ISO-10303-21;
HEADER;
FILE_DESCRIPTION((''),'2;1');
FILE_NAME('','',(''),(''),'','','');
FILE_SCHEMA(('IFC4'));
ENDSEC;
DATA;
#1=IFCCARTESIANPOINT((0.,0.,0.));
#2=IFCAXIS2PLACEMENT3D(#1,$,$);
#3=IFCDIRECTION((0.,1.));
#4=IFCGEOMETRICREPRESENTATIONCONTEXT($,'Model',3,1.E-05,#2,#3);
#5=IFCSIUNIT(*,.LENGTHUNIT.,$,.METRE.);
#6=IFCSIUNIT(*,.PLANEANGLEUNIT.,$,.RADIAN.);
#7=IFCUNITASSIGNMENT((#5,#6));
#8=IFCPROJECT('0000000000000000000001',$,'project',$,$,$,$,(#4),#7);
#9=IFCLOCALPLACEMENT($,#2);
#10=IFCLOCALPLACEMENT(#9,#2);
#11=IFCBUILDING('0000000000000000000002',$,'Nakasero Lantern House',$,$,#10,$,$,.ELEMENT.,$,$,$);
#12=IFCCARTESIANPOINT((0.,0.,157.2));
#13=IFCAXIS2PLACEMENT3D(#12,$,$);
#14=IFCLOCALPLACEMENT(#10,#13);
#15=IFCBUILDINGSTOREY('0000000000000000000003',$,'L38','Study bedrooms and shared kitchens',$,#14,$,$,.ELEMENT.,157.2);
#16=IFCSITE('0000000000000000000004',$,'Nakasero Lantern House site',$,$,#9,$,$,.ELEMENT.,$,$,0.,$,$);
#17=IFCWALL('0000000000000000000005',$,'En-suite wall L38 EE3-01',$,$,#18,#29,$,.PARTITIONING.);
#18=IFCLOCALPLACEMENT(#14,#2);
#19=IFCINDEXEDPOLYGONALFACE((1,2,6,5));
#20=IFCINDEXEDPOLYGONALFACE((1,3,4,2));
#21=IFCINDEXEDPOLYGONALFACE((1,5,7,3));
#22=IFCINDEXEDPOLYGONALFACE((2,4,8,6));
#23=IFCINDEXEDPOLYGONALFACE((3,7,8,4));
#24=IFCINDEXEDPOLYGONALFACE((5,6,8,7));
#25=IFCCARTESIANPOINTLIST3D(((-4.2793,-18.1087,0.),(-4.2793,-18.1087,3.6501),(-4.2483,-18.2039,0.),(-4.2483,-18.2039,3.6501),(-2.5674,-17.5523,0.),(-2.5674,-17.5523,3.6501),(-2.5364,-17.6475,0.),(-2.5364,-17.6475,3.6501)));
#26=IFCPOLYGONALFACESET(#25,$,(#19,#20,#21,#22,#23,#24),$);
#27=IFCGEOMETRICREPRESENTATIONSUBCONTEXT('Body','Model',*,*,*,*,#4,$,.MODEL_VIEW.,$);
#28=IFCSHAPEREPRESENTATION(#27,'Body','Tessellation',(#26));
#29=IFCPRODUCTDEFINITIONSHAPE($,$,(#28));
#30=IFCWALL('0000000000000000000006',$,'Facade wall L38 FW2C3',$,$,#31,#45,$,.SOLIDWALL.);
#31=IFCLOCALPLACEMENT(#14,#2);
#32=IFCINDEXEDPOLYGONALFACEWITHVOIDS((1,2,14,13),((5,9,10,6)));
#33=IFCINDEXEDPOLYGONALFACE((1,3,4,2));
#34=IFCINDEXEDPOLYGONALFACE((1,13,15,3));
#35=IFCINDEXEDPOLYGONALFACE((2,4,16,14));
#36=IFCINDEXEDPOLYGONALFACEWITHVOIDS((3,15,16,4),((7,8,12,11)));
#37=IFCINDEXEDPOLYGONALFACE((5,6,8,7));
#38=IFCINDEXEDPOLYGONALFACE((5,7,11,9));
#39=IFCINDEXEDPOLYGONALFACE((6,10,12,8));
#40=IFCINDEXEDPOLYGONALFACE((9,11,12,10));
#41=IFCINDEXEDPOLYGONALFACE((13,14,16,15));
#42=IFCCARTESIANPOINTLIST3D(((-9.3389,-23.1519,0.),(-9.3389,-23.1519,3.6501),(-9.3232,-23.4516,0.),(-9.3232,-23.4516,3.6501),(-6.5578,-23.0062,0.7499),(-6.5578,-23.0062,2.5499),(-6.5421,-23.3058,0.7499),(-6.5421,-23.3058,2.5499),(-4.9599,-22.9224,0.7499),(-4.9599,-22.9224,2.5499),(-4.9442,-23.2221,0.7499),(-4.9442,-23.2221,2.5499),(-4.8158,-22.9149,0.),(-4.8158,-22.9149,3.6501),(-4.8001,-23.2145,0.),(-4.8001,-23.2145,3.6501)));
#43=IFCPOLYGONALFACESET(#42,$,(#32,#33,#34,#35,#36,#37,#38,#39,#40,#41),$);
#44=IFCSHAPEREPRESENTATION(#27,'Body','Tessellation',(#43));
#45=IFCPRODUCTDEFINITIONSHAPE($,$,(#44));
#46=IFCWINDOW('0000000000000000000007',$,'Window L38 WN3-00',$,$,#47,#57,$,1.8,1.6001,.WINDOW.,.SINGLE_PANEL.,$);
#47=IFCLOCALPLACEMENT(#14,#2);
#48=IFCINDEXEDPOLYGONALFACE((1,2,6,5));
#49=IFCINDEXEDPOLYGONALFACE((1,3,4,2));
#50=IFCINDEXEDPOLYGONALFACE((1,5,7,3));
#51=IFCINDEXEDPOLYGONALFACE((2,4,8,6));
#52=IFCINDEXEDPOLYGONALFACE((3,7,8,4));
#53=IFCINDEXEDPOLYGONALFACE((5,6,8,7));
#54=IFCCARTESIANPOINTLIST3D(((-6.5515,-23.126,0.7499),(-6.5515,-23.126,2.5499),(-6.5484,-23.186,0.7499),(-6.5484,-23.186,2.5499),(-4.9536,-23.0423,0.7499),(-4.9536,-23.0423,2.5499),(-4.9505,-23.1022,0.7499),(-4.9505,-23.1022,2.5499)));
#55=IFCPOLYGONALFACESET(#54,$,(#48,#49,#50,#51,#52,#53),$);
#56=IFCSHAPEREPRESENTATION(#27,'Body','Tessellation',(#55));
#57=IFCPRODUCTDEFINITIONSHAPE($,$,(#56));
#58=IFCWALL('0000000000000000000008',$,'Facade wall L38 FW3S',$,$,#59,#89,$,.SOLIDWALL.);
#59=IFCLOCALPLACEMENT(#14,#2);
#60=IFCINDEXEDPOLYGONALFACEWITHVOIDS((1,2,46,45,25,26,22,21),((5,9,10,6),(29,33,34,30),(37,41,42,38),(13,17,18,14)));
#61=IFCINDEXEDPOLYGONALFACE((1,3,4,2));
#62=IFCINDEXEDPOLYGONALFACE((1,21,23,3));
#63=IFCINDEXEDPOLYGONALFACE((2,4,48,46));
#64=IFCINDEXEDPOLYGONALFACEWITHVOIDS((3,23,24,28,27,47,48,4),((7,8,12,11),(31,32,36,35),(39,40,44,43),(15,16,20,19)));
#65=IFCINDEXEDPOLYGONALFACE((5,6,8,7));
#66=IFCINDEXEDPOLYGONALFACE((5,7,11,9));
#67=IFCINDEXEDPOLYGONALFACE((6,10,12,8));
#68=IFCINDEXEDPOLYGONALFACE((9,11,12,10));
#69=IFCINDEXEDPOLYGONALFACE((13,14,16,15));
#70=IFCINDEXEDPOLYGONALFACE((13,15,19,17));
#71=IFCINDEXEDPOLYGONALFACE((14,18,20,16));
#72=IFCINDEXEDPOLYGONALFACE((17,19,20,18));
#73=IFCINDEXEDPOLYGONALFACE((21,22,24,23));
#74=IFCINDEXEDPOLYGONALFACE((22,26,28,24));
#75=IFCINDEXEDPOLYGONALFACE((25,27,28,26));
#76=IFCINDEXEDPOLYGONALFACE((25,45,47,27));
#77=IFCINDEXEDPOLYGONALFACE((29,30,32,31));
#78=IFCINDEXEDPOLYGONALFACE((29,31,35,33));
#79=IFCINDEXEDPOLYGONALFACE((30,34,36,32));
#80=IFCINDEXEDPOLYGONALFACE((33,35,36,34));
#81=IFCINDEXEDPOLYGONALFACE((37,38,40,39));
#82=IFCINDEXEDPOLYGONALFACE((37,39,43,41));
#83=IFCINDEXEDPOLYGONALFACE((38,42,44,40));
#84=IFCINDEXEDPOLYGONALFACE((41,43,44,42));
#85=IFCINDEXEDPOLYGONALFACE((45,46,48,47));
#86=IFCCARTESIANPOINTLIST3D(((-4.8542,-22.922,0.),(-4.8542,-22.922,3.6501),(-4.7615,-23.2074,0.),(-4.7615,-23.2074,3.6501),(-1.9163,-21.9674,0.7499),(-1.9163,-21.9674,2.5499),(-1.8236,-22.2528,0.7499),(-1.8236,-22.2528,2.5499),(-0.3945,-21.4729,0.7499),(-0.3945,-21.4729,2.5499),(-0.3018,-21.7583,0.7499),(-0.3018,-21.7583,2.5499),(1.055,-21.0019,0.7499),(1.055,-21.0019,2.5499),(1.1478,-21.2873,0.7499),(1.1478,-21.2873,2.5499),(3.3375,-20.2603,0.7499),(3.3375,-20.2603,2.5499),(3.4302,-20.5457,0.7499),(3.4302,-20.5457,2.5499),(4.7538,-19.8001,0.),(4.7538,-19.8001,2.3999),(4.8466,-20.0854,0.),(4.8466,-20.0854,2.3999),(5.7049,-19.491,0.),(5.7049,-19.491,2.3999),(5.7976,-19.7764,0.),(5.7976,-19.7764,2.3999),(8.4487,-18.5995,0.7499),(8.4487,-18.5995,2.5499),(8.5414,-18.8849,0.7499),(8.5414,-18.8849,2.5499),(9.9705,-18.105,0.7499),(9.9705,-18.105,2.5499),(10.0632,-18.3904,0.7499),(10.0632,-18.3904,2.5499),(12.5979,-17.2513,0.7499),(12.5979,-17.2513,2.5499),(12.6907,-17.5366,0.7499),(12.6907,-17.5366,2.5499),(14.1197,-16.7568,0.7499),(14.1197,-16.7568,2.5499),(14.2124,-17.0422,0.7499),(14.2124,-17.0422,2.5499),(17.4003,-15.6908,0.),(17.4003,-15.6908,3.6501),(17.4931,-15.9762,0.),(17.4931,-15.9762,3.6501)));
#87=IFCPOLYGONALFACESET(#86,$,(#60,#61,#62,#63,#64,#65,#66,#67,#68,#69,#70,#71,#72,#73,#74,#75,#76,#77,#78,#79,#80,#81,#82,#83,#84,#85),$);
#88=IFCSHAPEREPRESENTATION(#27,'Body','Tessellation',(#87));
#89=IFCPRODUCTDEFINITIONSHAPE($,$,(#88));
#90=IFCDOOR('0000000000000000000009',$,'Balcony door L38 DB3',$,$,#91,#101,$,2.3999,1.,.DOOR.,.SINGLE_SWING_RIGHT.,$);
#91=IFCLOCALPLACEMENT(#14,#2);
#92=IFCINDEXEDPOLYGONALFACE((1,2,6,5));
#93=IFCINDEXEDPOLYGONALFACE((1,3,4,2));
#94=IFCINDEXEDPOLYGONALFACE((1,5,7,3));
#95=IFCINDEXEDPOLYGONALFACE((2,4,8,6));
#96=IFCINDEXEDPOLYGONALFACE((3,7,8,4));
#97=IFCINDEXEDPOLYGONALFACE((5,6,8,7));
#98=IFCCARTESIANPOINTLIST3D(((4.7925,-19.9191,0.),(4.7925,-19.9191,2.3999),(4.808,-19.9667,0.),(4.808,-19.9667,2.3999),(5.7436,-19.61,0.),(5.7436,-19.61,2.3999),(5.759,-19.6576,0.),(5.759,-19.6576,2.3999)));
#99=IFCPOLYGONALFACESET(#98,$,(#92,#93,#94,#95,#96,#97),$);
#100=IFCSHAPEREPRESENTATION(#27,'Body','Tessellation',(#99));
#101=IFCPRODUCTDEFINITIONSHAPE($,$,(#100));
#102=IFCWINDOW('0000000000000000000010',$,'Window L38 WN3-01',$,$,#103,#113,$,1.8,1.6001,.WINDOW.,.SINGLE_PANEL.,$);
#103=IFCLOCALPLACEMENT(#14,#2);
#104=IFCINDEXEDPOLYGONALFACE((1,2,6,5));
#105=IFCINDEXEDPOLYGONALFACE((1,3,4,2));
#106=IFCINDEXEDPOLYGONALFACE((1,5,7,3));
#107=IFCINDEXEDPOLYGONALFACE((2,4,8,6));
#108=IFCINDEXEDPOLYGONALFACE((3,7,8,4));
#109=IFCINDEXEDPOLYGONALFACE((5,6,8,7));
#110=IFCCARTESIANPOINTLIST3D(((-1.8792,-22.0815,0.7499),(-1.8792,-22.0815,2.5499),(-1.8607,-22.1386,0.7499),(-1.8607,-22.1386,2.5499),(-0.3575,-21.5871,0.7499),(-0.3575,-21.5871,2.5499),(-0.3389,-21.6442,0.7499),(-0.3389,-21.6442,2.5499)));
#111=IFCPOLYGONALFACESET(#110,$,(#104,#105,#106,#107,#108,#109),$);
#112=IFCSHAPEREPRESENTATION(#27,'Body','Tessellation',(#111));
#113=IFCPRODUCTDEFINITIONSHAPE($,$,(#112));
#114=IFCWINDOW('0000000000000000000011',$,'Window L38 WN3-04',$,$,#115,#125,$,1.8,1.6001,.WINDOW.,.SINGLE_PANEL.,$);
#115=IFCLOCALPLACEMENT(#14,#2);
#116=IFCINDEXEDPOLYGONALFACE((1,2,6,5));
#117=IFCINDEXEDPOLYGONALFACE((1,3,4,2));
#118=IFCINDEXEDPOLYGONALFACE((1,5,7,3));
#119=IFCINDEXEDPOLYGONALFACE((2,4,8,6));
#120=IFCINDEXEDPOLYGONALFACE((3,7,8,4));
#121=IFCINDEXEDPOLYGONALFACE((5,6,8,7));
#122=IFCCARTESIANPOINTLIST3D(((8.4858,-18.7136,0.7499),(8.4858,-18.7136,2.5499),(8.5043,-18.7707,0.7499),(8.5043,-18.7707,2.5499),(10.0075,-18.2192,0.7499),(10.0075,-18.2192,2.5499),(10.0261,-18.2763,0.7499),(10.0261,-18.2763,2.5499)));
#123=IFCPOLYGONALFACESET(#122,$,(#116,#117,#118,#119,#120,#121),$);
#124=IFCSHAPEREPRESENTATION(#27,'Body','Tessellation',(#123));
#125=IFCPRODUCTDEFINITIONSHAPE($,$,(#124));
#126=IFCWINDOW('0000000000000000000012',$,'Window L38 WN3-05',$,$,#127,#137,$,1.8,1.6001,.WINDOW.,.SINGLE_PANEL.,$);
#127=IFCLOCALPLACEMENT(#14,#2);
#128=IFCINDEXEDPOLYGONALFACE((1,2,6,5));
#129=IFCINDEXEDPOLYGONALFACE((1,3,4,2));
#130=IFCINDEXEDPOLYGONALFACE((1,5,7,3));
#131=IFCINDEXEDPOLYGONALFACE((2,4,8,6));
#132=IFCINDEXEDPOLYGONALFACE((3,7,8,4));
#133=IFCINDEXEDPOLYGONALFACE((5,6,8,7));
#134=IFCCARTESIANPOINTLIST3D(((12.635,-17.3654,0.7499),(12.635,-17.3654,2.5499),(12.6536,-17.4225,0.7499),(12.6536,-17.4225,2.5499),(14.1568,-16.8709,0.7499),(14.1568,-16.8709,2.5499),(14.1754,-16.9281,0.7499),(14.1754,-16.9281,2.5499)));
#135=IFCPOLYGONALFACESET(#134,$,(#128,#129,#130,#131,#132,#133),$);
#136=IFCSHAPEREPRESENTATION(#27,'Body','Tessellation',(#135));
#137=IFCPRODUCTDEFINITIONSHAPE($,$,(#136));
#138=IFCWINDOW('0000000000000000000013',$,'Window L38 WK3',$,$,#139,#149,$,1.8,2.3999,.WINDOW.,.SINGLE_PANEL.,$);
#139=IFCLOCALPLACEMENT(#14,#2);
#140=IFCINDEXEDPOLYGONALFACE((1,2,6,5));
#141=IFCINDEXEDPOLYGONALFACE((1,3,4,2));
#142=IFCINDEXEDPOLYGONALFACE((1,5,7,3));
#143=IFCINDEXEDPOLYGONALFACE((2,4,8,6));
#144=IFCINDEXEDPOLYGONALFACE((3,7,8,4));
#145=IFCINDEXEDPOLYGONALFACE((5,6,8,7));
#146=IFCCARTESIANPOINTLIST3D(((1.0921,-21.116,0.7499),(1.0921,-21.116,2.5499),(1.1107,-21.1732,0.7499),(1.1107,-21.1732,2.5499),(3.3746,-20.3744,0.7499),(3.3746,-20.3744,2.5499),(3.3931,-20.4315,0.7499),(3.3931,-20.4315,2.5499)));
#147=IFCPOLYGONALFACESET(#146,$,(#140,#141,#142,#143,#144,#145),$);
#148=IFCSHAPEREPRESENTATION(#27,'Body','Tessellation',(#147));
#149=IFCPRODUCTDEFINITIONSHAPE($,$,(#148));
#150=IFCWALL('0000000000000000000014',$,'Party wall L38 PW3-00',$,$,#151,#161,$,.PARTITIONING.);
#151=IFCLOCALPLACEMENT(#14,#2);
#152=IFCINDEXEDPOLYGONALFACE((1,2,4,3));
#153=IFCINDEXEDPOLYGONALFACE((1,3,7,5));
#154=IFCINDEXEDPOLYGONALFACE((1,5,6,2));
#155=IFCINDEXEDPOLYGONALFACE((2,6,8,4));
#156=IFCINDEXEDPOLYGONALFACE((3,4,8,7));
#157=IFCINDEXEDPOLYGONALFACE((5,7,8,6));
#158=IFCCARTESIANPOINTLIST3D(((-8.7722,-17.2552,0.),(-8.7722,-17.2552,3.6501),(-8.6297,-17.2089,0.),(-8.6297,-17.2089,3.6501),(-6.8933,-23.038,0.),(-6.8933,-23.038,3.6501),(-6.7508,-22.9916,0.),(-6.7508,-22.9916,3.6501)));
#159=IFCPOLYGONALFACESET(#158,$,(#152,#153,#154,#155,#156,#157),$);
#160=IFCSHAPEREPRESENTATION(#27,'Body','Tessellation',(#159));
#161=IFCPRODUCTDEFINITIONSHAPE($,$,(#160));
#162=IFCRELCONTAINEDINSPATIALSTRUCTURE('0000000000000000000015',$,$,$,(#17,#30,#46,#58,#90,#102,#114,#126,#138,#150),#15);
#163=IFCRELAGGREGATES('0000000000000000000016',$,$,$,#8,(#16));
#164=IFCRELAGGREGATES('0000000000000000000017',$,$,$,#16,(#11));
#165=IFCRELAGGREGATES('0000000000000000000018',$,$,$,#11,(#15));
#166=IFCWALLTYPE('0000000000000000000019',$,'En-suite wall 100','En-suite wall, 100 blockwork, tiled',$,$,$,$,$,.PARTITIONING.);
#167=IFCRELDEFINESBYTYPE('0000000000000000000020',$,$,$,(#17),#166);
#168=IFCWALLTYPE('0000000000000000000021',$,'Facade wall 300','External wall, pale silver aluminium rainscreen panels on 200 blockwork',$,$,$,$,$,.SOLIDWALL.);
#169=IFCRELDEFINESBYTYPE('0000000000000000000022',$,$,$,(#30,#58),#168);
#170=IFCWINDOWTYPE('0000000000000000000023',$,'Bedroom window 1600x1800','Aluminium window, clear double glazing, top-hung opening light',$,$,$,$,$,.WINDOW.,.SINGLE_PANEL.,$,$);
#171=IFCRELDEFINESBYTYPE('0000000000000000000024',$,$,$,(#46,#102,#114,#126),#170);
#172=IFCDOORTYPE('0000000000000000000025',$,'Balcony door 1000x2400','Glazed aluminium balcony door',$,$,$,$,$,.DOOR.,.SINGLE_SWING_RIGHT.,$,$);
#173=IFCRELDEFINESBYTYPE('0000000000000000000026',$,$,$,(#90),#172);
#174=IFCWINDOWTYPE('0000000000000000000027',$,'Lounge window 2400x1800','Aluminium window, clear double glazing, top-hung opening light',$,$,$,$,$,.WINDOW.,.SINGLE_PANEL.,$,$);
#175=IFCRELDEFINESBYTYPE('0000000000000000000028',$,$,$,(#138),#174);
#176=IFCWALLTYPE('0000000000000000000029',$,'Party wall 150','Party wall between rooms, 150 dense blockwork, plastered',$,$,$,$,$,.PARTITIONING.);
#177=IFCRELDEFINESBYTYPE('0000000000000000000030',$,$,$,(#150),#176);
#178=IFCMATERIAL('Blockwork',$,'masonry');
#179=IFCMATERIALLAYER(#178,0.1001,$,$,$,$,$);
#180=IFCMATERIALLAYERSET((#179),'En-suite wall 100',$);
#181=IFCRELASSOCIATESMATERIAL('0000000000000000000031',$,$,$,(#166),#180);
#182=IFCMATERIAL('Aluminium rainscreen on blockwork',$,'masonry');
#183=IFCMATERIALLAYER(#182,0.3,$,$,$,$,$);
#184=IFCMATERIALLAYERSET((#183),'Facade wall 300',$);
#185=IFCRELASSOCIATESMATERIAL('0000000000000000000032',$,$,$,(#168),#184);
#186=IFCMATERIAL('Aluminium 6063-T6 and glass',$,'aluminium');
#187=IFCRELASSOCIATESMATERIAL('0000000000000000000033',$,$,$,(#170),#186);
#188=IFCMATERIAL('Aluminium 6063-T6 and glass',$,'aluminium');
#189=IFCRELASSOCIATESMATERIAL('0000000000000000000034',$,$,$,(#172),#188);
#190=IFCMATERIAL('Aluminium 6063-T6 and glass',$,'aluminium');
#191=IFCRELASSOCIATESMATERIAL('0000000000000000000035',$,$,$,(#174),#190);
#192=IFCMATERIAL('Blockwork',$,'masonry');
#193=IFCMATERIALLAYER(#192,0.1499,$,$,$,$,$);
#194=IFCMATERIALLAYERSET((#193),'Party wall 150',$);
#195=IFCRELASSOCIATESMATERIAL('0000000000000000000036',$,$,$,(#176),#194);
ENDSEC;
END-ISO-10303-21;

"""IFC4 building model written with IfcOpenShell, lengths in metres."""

from ifc_helpers import new_model, si_unit, direction, frame, frame_2d, origin, place, context, subcontext, project, spatial, rectangle, extrude, material, layer, layer_set, type_object, element, fill, save


model = new_model("IFC4")

# Units and contexts
model_context = context("Model", 3, precision=1e-05, world=origin(), true_north=direction((0.0, 1.0)))
body_context = subcontext(model_context, "Body", "Model", "MODEL_VIEW")
ifc_project = project(units=[si_unit("LENGTHUNIT", "METRE"), si_unit("PLANEANGLEUNIT", "RADIAN")], contexts=[model_context])

# Site, building, storey
site_placement = place(None, origin())
site = spatial("IfcSite", under=ifc_project, at=site_placement, Name="Nakasero Lantern House site", CompositionType="ELEMENT", RefElevation=0.0)
building_placement = place(site_placement, origin())
building = spatial("IfcBuilding", under=site, at=building_placement, Name="Nakasero Lantern House", CompositionType="ELEMENT")
storey_placement = place(building_placement, frame((0.0, 0.0, 157.2)))
storey = spatial("IfcBuildingStorey", under=building, at=storey_placement, Name="L38", Description="Study bedrooms and shared kitchens", CompositionType="ELEMENT", Elevation=157.2)

# Wall
ifc_material_1 = material(Name="Blockwork", Category="masonry")
ifc_layer_1 = layer(ifc_material_1, 0.1001)
ifc_layer_set_1 = layer_set([ifc_layer_1], Name="En-suite wall 100")
wall_type_1 = type_object("IfcWallType", Name="En-suite wall 100", Description="En-suite wall, 100 blockwork, tiled", PredefinedType="PARTITIONING", material=ifc_layer_set_1)
wall_1_placement = place(storey_placement, frame((-4.2637, -18.1562, 0.0), z_axis=(0.0, 0.0, 1.0), x_axis=(0.95103, 0.309098, 0.0)))
element("IfcWall", 1, at=wall_1_placement, inside=storey, type_object=wall_type_1, Name="En-suite wall L38 EE3-01", PredefinedType="PARTITIONING", context=body_context, shape_type="SweptSolid", body=[
    extrude(rectangle(XDim=1.8, YDim=0.1001, at=frame_2d((0.8999, 0.0))), origin(), (0.0, 0.0, 1.0), 3.6501),
])

# Wall, opening, window
ifc_material_2 = material(Name="Aluminium rainscreen on blockwork", Category="masonry")
ifc_layer_2 = layer(ifc_material_2, 0.3)
ifc_layer_set_2 = layer_set([ifc_layer_2], Name="Facade wall 300")
wall_type_2 = type_object("IfcWallType", Name="Facade wall 300", Description="External wall, pale silver aluminium rainscreen panels on 200 blockwork", PredefinedType="SOLIDWALL", material=ifc_layer_set_2)
wall_2_placement = place(storey_placement, frame((-9.3311, -23.3018, 0.0), z_axis=(0.0, 0.0, 1.0), x_axis=(0.998629, 0.052338, 0.0)))
wall_2 = element("IfcWall", 2, at=wall_2_placement, inside=storey, type_object=wall_type_2, Name="Facade wall L38 FW2C3", PredefinedType="SOLIDWALL", context=body_context, shape_type="SweptSolid", body=[
    extrude(rectangle(XDim=4.5293, YDim=0.3, at=frame_2d((2.2646, 0.0))), origin(), (0.0, 0.0, 1.0), 3.6501),
])
opening_1_placement = place(wall_2_placement, frame((2.7849, 0.0, 0.75)))
opening_1 = element("IfcOpeningElement", 3, at=opening_1_placement, cuts=wall_2, PredefinedType="OPENING", context=body_context, shape_type="SweptSolid", body=[
    extrude(rectangle(XDim=1.6001, YDim=1.8, at=frame_2d((0.8, 0.8999))), frame((0.0, 0.1699, 0.0), z_axis=(0.0, -1.0, 0.0), x_axis=(1.0, 0.0, 0.0)), (0.0, 0.0, 1.0), 0.3401),
])
ifc_material_3 = material(Name="Aluminium 6063-T6 and glass", Category="aluminium")
window_type_1 = type_object("IfcWindowType", Name="Bedroom window 1600x1800", Description="Aluminium window, clear double glazing, top-hung opening light", PartitioningType="SINGLE_PANEL", PredefinedType="WINDOW", material=ifc_material_3)
window_1_placement = place(opening_1_placement, origin())
window_1 = element("IfcWindow", 4, at=window_1_placement, inside=storey, type_object=window_type_1, Name="Window L38 WN3-00", OverallHeight=1.8, OverallWidth=1.6001, PartitioningType="SINGLE_PANEL", PredefinedType="WINDOW", context=body_context, shape_type="SweptSolid", body=[
    extrude(rectangle(XDim=1.6001, YDim=1.8, at=frame_2d((0.8, 0.8999))), frame((0.0, 0.03, 0.0), z_axis=(0.0, -1.0, 0.0), x_axis=(1.0, 0.0, 0.0)), (0.0, 0.0, 1.0), 0.0601),
])
fill(opening_1, window_1)

# Wall, openings, door, windows
wall_3_placement = place(storey_placement, frame((-4.8079, -23.0647, 0.0), z_axis=(0.0, 0.0, 1.0), x_axis=(0.951054, 0.309026, 0.0)))
wall_3 = element("IfcWall", 5, at=wall_3_placement, inside=storey, type_object=wall_type_2, Name="Facade wall L38 FW3S", PredefinedType="SOLIDWALL", context=body_context, shape_type="SweptSolid", body=[
    extrude(rectangle(XDim=23.3999, YDim=0.3, at=frame_2d((11.7, 0.0))), origin(), (0.0, 0.0, 1.0), 3.6501),
])
opening_2_placement = place(wall_3_placement, frame((3.0891, 0.0, 0.75)))
opening_2 = element("IfcOpeningElement", 6, at=opening_2_placement, cuts=wall_3, PredefinedType="OPENING", context=body_context, shape_type="SweptSolid", body=[
    extrude(rectangle(XDim=1.6001, YDim=1.8, at=frame_2d((0.8, 0.8999))), frame((0.0, 0.1699, 0.0), z_axis=(0.0, -1.0, 0.0), x_axis=(1.0, 0.0, 0.0)), (0.0, 0.0, 1.0), 0.3401),
])
opening_3_placement = place(wall_3_placement, frame((13.9875, 0.0, 0.75)))
opening_3 = element("IfcOpeningElement", 7, at=opening_3_placement, cuts=wall_3, PredefinedType="OPENING", context=body_context, shape_type="SweptSolid", body=[
    extrude(rectangle(XDim=1.6001, YDim=1.8, at=frame_2d((0.8, 0.8999))), frame((0.0, 0.1699, 0.0), z_axis=(0.0, -1.0, 0.0), x_axis=(1.0, 0.0, 0.0)), (0.0, 0.0, 1.0), 0.3401),
])
opening_4_placement = place(wall_3_placement, frame((18.3503, 0.0, 0.75)))
opening_4 = element("IfcOpeningElement", 8, at=opening_4_placement, cuts=wall_3, PredefinedType="OPENING", context=body_context, shape_type="SweptSolid", body=[
    extrude(rectangle(XDim=1.6001, YDim=1.8, at=frame_2d((0.8, 0.8999))), frame((0.0, 0.1699, 0.0), z_axis=(0.0, -1.0, 0.0), x_axis=(1.0, 0.0, 0.0)), (0.0, 0.0, 1.0), 0.3401),
])
opening_5_placement = place(wall_3_placement, frame((6.2134, 0.0, 0.75)))
opening_5 = element("IfcOpeningElement", 9, at=opening_5_placement, cuts=wall_3, PredefinedType="OPENING", context=body_context, shape_type="SweptSolid", body=[
    extrude(rectangle(XDim=2.3999, YDim=1.8, at=frame_2d((1.2, 0.8999))), frame((0.0, 0.1699, 0.0), z_axis=(0.0, -1.0, 0.0), x_axis=(1.0, 0.0, 0.0)), (0.0, 0.0, 1.0), 0.3401),
])
opening_6_placement = place(wall_3_placement, frame((10.1025, 0.0, 0.0)))
opening_6 = element("IfcOpeningElement", 10, at=opening_6_placement, cuts=wall_3, PredefinedType="OPENING", context=body_context, shape_type="SweptSolid", body=[
    extrude(rectangle(XDim=1.0, YDim=2.3999, at=frame_2d((0.5, 1.2))), frame((0.0, 0.1699, 0.0), z_axis=(0.0, -1.0, 0.0), x_axis=(1.0, 0.0, 0.0)), (0.0, 0.0, 1.0), 0.3401),
])
ifc_material_4 = material(Name="Aluminium 6063-T6 and glass", Category="aluminium")
door_type_1 = type_object("IfcDoorType", Name="Balcony door 1000x2400", Description="Glazed aluminium balcony door", OperationType="SINGLE_SWING_RIGHT", PredefinedType="DOOR", material=ifc_material_4)
door_1_placement = place(opening_6_placement, origin())
door_1 = element("IfcDoor", 11, at=door_1_placement, inside=storey, type_object=door_type_1, Name="Balcony door L38 DB3", OperationType="SINGLE_SWING_RIGHT", OverallHeight=2.3999, OverallWidth=1.0, PredefinedType="DOOR", context=body_context, shape_type="SweptSolid", body=[
    extrude(rectangle(XDim=1.0, YDim=2.3999, at=frame_2d((0.5, 1.2))), frame((0.0, 0.0249, 0.0), z_axis=(0.0, -1.0, 0.0), x_axis=(1.0, 0.0, 0.0)), (0.0, 0.0, 1.0), 0.05),
])
fill(opening_6, door_1)
window_2_placement = place(opening_2_placement, origin())
window_2 = element("IfcWindow", 12, at=window_2_placement, inside=storey, type_object=window_type_1, Name="Window L38 WN3-01", OverallHeight=1.8, OverallWidth=1.6001, PartitioningType="SINGLE_PANEL", PredefinedType="WINDOW", context=body_context, shape_type="SweptSolid", body=[
    extrude(rectangle(XDim=1.6001, YDim=1.8, at=frame_2d((0.8, 0.8999))), frame((0.0, 0.03, 0.0), z_axis=(0.0, -1.0, 0.0), x_axis=(1.0, 0.0, 0.0)), (0.0, 0.0, 1.0), 0.0601),
])
fill(opening_2, window_2)
window_3_placement = place(opening_3_placement, origin())
window_3 = element("IfcWindow", 13, at=window_3_placement, inside=storey, type_object=window_type_1, Name="Window L38 WN3-04", OverallHeight=1.8, OverallWidth=1.6001, PartitioningType="SINGLE_PANEL", PredefinedType="WINDOW", context=body_context, shape_type="SweptSolid", body=[
    extrude(rectangle(XDim=1.6001, YDim=1.8, at=frame_2d((0.8, 0.8999))), frame((0.0, 0.03, 0.0), z_axis=(0.0, -1.0, 0.0), x_axis=(1.0, 0.0, 0.0)), (0.0, 0.0, 1.0), 0.0601),
])
fill(opening_3, window_3)
window_4_placement = place(opening_4_placement, origin())
window_4 = element("IfcWindow", 14, at=window_4_placement, inside=storey, type_object=window_type_1, Name="Window L38 WN3-05", OverallHeight=1.8, OverallWidth=1.6001, PartitioningType="SINGLE_PANEL", PredefinedType="WINDOW", context=body_context, shape_type="SweptSolid", body=[
    extrude(rectangle(XDim=1.6001, YDim=1.8, at=frame_2d((0.8, 0.8999))), frame((0.0, 0.03, 0.0), z_axis=(0.0, -1.0, 0.0), x_axis=(1.0, 0.0, 0.0)), (0.0, 0.0, 1.0), 0.0601),
])
fill(opening_4, window_4)
ifc_material_5 = material(Name="Aluminium 6063-T6 and glass", Category="aluminium")
window_type_2 = type_object("IfcWindowType", Name="Lounge window 2400x1800", Description="Aluminium window, clear double glazing, top-hung opening light", PartitioningType="SINGLE_PANEL", PredefinedType="WINDOW", material=ifc_material_5)
window_5_placement = place(opening_5_placement, origin())
window_5 = element("IfcWindow", 15, at=window_5_placement, inside=storey, type_object=window_type_2, Name="Window L38 WK3", OverallHeight=1.8, OverallWidth=2.3999, PartitioningType="SINGLE_PANEL", PredefinedType="WINDOW", context=body_context, shape_type="SweptSolid", body=[
    extrude(rectangle(XDim=2.3999, YDim=1.8, at=frame_2d((1.2, 0.8999))), frame((0.0, 0.03, 0.0), z_axis=(0.0, -1.0, 0.0), x_axis=(1.0, 0.0, 0.0)), (0.0, 0.0, 1.0), 0.0601),
])
fill(opening_5, window_5)

# Wall
ifc_material_6 = material(Name="Blockwork", Category="masonry")
ifc_layer_3 = layer(ifc_material_6, 0.1499)
ifc_layer_set_3 = layer_set([ifc_layer_3], Name="Party wall 150")
wall_type_3 = type_object("IfcWallType", Name="Party wall 150", Description="Party wall between rooms, 150 dense blockwork, plastered", PredefinedType="PARTITIONING", material=ifc_layer_set_3)
wall_4_placement = place(storey_placement, frame((-8.7009, -17.2322, 0.0), z_axis=(0.0, 0.0, 1.0), x_axis=(0.309015, -0.951057, 0.0)))
element("IfcWall", 16, at=wall_4_placement, inside=storey, type_object=wall_type_3, Name="Party wall L38 PW3-00", PredefinedType="PARTITIONING", context=body_context, shape_type="SweptSolid", body=[
    extrude(rectangle(XDim=6.0803, YDim=0.1499, at=frame_2d((3.04, 0.0))), origin(), (0.0, 0.0, 1.0), 3.6501),
])

save(model, "model.ifc")
